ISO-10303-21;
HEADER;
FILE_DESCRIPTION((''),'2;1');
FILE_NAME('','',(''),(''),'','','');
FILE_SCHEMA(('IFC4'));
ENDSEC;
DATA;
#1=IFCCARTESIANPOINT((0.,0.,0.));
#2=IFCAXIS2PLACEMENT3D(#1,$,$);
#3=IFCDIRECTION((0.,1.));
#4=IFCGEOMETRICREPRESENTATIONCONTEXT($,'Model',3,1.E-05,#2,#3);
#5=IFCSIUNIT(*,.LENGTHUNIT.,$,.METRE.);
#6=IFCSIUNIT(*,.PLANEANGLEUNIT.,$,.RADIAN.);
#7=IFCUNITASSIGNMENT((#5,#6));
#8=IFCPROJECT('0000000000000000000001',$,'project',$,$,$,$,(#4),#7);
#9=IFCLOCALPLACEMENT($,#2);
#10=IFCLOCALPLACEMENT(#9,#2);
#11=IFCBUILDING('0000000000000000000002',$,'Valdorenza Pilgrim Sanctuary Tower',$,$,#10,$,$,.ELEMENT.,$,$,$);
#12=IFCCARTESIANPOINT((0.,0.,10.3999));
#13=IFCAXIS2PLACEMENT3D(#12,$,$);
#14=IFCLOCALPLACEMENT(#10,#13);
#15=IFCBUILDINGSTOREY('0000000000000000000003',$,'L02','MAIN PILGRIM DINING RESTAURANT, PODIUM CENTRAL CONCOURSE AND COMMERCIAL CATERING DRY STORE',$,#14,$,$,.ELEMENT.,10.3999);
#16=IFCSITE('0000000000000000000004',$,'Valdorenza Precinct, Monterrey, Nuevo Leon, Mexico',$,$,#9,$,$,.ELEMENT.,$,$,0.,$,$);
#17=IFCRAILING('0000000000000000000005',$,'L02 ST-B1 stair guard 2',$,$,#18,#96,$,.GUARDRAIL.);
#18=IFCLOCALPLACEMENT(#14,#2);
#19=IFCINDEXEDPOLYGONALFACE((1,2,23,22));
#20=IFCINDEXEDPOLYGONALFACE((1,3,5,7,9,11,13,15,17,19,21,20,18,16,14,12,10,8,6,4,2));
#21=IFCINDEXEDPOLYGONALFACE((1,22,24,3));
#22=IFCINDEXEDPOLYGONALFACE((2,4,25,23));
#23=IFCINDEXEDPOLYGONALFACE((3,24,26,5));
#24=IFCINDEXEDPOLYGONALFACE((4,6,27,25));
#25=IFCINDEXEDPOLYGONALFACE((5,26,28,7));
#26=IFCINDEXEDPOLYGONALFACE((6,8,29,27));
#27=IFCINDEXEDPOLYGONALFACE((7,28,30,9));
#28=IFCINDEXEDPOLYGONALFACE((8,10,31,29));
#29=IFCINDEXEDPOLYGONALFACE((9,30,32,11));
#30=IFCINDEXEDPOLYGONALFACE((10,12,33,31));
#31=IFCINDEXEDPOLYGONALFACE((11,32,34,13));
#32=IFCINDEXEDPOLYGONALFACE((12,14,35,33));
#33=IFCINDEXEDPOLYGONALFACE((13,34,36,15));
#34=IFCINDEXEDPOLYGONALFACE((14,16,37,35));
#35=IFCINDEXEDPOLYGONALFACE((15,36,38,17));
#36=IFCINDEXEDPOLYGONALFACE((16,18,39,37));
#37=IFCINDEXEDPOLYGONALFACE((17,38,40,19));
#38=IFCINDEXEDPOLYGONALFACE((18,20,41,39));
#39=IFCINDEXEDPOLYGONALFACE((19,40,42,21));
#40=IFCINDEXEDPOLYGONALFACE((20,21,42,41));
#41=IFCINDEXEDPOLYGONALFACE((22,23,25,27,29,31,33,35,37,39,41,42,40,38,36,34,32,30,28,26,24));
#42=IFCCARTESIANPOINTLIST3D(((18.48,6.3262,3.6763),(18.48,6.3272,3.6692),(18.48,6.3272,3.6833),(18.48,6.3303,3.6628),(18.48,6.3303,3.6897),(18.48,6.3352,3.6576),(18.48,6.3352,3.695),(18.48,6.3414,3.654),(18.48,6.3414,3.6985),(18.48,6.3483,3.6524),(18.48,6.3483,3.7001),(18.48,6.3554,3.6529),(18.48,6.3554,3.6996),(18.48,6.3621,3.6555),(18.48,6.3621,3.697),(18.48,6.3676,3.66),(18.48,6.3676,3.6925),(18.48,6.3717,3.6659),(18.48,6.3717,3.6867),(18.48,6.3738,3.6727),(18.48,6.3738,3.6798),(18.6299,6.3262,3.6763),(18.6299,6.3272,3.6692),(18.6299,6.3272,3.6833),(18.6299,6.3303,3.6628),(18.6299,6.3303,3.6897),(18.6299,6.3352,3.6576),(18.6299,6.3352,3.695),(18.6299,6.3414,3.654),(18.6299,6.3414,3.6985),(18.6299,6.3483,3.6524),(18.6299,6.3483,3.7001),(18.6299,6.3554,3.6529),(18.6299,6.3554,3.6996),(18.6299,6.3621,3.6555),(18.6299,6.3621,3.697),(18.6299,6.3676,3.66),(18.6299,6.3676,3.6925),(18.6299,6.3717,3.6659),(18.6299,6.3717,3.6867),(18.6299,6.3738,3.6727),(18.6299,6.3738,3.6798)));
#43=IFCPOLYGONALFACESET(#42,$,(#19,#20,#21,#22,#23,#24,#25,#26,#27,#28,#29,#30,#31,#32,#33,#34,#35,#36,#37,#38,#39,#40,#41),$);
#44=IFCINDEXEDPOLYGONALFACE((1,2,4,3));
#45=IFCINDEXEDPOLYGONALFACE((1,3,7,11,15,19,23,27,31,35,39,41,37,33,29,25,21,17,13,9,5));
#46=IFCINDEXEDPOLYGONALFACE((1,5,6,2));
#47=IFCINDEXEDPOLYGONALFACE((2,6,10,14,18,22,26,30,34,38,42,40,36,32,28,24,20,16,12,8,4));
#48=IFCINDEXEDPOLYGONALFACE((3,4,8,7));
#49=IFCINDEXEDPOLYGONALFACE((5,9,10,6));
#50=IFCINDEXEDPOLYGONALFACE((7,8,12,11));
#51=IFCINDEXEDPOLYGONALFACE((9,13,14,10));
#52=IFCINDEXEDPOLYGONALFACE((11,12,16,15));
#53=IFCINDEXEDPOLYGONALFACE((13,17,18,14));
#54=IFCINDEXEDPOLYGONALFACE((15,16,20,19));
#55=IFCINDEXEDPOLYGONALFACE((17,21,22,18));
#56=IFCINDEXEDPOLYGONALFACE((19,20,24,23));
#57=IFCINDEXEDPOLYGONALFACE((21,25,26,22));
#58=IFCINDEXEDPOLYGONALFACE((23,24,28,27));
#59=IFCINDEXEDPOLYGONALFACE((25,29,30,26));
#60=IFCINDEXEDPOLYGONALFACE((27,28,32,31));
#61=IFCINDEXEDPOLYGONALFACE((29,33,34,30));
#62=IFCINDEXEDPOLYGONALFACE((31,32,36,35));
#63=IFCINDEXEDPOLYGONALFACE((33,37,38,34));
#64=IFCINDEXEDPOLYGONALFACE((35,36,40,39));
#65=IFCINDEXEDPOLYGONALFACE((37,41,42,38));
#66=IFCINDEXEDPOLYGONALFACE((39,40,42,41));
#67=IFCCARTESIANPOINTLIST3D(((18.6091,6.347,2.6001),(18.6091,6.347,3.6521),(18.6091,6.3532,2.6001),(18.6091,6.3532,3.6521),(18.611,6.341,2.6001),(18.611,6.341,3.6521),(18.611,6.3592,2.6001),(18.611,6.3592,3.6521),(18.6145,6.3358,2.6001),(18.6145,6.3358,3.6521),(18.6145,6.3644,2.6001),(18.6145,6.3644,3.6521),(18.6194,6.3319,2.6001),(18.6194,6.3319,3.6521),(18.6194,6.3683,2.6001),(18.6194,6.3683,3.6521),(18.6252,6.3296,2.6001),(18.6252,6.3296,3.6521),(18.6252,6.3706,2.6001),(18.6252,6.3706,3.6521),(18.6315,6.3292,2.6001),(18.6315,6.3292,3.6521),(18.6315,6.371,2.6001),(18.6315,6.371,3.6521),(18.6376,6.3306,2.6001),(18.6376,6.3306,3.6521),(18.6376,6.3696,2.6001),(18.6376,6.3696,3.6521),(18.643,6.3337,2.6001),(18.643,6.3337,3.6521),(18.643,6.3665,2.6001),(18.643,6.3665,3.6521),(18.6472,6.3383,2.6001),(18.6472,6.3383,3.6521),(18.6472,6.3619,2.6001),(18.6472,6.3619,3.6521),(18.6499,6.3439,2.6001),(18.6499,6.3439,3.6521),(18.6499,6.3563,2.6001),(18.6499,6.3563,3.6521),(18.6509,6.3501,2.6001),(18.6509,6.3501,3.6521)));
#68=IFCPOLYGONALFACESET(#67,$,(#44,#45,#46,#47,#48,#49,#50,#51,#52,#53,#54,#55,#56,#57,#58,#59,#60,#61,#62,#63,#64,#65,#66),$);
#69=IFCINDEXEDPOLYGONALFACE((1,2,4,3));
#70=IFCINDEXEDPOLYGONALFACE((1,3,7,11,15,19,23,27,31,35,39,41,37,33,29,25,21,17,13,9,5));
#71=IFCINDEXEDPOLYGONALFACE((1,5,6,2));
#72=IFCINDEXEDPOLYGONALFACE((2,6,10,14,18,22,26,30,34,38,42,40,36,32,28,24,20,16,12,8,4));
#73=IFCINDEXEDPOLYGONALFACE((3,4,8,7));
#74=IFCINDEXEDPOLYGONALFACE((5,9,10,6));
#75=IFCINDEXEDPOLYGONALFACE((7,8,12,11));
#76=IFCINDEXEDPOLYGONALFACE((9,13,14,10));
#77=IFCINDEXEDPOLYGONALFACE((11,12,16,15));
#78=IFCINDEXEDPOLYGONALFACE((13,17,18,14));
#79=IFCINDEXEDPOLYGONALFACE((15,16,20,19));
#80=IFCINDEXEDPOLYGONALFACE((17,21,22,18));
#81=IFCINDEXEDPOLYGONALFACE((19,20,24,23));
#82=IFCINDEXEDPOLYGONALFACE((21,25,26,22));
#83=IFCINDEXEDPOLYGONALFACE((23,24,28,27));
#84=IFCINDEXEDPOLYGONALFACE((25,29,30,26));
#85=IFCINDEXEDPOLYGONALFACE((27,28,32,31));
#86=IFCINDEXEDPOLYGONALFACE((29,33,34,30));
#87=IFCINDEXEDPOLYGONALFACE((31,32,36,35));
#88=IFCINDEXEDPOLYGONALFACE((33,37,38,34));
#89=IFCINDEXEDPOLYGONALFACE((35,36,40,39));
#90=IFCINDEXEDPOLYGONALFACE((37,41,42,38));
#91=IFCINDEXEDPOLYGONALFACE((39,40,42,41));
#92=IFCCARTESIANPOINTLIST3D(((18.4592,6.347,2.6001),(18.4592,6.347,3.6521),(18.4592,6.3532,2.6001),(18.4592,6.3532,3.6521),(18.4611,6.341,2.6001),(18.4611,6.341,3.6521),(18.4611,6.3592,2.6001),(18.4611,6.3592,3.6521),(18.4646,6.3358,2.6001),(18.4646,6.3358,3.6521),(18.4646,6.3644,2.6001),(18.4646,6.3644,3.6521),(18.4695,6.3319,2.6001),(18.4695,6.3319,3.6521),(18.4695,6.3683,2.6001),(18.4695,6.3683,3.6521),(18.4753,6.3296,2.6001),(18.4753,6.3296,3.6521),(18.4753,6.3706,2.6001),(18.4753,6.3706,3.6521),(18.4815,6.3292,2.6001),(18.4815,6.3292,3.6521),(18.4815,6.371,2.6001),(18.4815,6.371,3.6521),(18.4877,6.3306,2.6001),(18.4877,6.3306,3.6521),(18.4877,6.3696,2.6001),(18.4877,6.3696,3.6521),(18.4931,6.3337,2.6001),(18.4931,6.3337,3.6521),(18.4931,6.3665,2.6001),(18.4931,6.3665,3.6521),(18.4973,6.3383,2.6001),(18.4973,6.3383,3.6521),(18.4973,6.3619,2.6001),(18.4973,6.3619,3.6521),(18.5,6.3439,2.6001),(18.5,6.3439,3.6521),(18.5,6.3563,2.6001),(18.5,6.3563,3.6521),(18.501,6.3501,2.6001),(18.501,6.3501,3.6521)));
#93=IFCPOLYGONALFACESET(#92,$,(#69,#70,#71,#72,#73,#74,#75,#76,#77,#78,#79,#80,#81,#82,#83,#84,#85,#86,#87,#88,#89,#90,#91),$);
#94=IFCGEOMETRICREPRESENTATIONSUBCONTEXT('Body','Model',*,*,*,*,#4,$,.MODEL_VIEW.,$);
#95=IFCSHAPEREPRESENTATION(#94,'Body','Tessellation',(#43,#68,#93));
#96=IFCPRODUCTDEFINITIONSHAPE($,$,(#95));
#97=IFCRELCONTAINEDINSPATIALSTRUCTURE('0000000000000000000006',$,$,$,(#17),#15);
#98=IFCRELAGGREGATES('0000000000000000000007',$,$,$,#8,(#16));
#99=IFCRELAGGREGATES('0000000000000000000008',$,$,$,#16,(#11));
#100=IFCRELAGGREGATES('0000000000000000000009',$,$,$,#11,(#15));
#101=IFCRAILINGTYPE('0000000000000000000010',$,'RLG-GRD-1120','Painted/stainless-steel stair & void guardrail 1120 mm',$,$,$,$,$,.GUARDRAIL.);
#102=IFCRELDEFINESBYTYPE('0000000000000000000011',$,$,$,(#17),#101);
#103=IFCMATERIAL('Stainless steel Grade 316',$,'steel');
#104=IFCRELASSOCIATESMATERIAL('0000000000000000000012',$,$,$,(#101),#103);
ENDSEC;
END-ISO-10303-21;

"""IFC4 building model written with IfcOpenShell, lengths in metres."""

from ifc_helpers import new_model, si_unit, direction, frame, origin, origin_2d, place, context, subcontext, project, spatial, circle, extrude, material, type_object, element, save


model = new_model("IFC4")

# Units and contexts
model_context = context("Model", 3, precision=1e-05, world=origin(), true_north=direction((0.0, 1.0)))
body_context = subcontext(model_context, "Body", "Model", "MODEL_VIEW")
ifc_project = project(units=[si_unit("LENGTHUNIT", "METRE"), si_unit("PLANEANGLEUNIT", "RADIAN")], contexts=[model_context])

# Site, building, storey
site_placement = place(None, origin())
site = spatial("IfcSite", under=ifc_project, at=site_placement, Name="Valdorenza Precinct, Monterrey, Nuevo Leon, Mexico", CompositionType="ELEMENT", RefElevation=0.0)
building_placement = place(site_placement, origin())
building = spatial("IfcBuilding", under=site, at=building_placement, Name="Valdorenza Pilgrim Sanctuary Tower", CompositionType="ELEMENT")
storey_placement = place(building_placement, frame((0.0, 0.0, 10.3999)))
storey = spatial("IfcBuildingStorey", under=building, at=storey_placement, Name="L02", Description="MAIN PILGRIM DINING RESTAURANT, PODIUM CENTRAL CONCOURSE AND COMMERCIAL CATERING DRY STORE", CompositionType="ELEMENT", Elevation=10.3999)

# Railing
ifc_material_1 = material(Name="Stainless steel Grade 316", Category="steel")
railing_type_1 = type_object("IfcRailingType", Name="RLG-GRD-1120", Description="Painted/stainless-steel stair & void guardrail 1120 mm", PredefinedType="GUARDRAIL", material=ifc_material_1)
railing_1_placement = place(storey_placement, frame((18.6299, 6.3501, 2.6001)))
element("IfcRailing", 1, at=railing_1_placement, inside=storey, type_object=railing_type_1, Name="L02 ST-B1 stair guard 2", PredefinedType="GUARDRAIL", context=body_context, shape_type="SweptSolid", body=[
    extrude(circle(Radius=0.0239, at=origin_2d()), frame((0.0, 0.0, 1.0762), z_axis=(-1.0, 0.0, 0.0), x_axis=(0.0, -1.0, 0.0)), (0.0, 0.0, 1.0), 0.1499),
    extrude(circle(Radius=0.021, at=origin_2d()), origin(), (0.0, 0.0, 1.0), 1.052),
    extrude(circle(Radius=0.021, at=origin_2d()), frame((-0.1499, 0.0, 0.0)), (0.0, 0.0, 1.0), 1.052),
])

save(model, "model.ifc")
